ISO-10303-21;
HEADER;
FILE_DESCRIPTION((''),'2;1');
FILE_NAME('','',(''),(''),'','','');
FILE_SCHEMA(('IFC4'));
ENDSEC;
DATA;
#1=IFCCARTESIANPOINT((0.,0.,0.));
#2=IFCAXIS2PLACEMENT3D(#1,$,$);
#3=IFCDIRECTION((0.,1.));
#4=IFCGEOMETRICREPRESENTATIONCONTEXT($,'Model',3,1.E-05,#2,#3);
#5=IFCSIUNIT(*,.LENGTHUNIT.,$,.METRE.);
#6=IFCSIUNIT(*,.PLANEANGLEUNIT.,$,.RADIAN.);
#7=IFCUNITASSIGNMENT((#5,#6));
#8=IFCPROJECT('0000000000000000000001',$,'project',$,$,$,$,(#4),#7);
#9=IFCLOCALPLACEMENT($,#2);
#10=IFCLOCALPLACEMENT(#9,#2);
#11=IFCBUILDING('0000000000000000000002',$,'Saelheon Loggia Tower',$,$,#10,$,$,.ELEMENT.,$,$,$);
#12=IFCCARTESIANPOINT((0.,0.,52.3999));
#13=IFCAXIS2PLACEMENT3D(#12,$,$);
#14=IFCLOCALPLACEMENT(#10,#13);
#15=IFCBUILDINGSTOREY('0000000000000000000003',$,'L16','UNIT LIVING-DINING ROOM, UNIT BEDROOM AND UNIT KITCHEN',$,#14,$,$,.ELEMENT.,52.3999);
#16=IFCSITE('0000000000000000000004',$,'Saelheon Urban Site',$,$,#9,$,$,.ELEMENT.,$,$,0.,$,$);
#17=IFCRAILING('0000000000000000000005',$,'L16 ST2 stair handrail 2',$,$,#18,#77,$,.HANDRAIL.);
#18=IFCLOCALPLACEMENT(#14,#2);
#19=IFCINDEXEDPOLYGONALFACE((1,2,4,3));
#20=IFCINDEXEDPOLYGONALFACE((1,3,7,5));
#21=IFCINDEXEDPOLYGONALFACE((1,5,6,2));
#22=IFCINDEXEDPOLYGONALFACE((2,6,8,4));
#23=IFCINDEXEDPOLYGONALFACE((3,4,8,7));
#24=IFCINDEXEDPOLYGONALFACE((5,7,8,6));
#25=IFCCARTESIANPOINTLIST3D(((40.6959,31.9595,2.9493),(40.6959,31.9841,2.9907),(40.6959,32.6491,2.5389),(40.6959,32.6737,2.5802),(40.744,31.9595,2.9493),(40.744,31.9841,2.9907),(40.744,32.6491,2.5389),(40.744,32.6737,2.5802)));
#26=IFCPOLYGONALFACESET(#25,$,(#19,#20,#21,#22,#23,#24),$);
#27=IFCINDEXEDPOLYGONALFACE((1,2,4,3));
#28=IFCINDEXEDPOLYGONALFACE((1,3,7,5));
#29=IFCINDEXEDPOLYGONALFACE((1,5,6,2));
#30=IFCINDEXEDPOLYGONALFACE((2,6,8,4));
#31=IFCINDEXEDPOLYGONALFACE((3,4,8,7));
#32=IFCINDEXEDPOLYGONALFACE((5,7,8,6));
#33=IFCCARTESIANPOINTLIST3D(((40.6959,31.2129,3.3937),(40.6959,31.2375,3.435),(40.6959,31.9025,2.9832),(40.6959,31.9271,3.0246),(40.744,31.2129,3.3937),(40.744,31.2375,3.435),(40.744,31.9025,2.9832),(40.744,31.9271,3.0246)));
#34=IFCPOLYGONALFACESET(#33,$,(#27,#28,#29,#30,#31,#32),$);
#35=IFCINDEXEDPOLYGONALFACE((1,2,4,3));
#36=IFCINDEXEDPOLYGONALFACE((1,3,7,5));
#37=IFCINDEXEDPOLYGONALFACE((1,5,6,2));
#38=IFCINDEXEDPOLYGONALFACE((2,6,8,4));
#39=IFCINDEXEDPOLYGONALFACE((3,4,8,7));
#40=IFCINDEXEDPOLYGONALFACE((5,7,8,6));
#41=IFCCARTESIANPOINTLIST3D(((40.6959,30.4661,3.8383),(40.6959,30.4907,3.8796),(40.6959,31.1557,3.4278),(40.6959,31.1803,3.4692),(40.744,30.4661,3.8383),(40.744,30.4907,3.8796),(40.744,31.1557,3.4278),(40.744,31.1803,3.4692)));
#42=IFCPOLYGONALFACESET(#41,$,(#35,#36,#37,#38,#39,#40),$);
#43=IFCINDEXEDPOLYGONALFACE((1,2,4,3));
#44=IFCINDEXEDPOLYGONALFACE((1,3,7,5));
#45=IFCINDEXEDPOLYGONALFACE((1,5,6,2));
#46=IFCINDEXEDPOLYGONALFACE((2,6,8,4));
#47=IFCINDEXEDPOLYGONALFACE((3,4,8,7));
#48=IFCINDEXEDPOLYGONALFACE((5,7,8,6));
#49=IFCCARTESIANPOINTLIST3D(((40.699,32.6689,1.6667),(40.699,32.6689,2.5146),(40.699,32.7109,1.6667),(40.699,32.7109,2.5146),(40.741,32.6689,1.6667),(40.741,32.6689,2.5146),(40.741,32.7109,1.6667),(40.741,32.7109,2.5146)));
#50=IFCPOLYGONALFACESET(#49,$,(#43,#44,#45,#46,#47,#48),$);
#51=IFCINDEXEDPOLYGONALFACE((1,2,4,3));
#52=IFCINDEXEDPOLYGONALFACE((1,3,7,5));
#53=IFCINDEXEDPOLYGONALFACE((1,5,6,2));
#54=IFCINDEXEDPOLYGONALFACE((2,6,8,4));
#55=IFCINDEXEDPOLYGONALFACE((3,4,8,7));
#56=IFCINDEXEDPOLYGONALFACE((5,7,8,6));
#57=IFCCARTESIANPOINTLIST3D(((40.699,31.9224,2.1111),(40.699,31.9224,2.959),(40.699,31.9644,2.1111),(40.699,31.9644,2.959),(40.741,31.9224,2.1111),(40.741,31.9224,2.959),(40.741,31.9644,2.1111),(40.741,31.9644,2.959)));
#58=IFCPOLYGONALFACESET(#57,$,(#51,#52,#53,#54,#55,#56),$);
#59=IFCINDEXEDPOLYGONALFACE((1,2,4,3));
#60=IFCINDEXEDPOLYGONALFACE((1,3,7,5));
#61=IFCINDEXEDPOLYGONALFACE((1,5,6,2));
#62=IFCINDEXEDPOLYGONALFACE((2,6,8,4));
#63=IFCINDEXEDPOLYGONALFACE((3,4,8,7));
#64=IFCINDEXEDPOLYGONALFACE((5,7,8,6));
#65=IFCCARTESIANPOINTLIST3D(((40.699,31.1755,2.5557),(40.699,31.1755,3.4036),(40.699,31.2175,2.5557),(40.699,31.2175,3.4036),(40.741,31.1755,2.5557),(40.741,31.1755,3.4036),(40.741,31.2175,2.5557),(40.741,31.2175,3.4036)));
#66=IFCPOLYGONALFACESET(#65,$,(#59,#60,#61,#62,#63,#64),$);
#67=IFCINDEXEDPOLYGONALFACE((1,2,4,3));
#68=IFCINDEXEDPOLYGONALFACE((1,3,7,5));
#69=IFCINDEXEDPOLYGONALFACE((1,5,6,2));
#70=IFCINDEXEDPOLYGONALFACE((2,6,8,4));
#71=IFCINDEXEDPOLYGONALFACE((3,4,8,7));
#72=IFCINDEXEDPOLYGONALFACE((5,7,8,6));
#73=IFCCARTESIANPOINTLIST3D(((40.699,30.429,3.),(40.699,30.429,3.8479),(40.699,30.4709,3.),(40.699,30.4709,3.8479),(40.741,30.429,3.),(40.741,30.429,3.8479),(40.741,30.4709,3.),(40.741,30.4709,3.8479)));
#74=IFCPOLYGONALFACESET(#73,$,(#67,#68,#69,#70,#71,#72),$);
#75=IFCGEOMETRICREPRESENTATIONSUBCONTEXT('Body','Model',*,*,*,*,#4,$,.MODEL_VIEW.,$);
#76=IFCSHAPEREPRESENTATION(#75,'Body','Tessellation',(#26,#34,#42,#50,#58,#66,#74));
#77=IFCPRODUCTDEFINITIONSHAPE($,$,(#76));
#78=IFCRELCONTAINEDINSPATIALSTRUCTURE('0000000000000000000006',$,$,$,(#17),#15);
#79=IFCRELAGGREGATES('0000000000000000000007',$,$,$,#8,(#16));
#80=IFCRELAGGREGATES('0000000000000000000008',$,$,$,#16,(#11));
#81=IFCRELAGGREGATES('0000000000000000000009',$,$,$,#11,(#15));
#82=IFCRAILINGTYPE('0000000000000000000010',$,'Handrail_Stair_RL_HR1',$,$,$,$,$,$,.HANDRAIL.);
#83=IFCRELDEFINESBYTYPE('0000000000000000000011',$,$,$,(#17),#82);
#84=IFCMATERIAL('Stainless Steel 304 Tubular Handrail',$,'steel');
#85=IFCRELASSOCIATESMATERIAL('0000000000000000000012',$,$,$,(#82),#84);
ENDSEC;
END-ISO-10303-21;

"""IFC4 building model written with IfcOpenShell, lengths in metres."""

from ifc_helpers import new_model, si_unit, direction, frame, origin, origin_2d, place, context, subcontext, project, spatial, rectangle, extrude, material, type_object, element, save


model = new_model("IFC4")

# Units and contexts
model_context = context("Model", 3, precision=1e-05, world=origin(), true_north=direction((0.0, 1.0)))
body_context = subcontext(model_context, "Body", "Model", "MODEL_VIEW")
ifc_project = project(units=[si_unit("LENGTHUNIT", "METRE"), si_unit("PLANEANGLEUNIT", "RADIAN")], contexts=[model_context])

# Site, building, storey
site_placement = place(None, origin())
site = spatial("IfcSite", under=ifc_project, at=site_placement, Name="Saelheon Urban Site", CompositionType="ELEMENT", RefElevation=0.0)
building_placement = place(site_placement, origin())
building = spatial("IfcBuilding", under=site, at=building_placement, Name="Saelheon Loggia Tower", CompositionType="ELEMENT")
storey_placement = place(building_placement, frame((0.0, 0.0, 52.3999)))
storey = spatial("IfcBuildingStorey", under=building, at=storey_placement, Name="L16", Description="UNIT LIVING-DINING ROOM, UNIT BEDROOM AND UNIT KITCHEN", CompositionType="ELEMENT", Elevation=52.3999)

# Railing
ifc_material_1 = material(Name="Stainless Steel 304 Tubular Handrail", Category="steel")
railing_type_1 = type_object("IfcRailingType", Name="Handrail_Stair_RL_HR1", PredefinedType="HANDRAIL", material=ifc_material_1)
railing_1_placement = place(storey_placement, frame((40.72, 32.6899, 1.6667)))
element("IfcRailing", 1, at=railing_1_placement, inside=storey, type_object=railing_type_1, Name="L16 ST2 stair handrail 2", PredefinedType="HANDRAIL", context=body_context, shape_type="SweptSolid", body=[
    extrude(rectangle(XDim=0.0481, YDim=0.0481, at=origin_2d()), frame((0.0, -0.0286, 0.8928), z_axis=(0.0, -0.859306, 0.511462), x_axis=(1.0, 0.0, 0.0)), (0.0, 0.0, 1.0), 0.8025),
    extrude(rectangle(XDim=0.0481, YDim=0.0481, at=origin_2d()), frame((0.0, -0.7751, 1.3372), z_axis=(0.0, -0.859306, 0.511462), x_axis=(1.0, 0.0, 0.0)), (0.0, 0.0, 1.0), 0.8025),
    extrude(rectangle(XDim=0.0481, YDim=0.0481, at=origin_2d()), frame((0.0, -1.522, 1.7817), z_axis=(0.0, -0.859306, 0.511462), x_axis=(1.0, 0.0, 0.0)), (0.0, 0.0, 1.0), 0.8025),
    extrude(rectangle(XDim=0.042, YDim=0.042, at=origin_2d()), origin(), (0.0, 0.0, 1.0), 0.8479),
    extrude(rectangle(XDim=0.042, YDim=0.042, at=origin_2d()), frame((0.0, -0.7466, 0.4443)), (0.0, 0.0, 1.0), 0.8479),
    extrude(rectangle(XDim=0.042, YDim=0.042, at=origin_2d()), frame((0.0, -1.4934, 0.8889)), (0.0, 0.0, 1.0), 0.8479),
    extrude(rectangle(XDim=0.042, YDim=0.042, at=origin_2d()), frame((0.0, -2.24, 1.3333)), (0.0, 0.0, 1.0), 0.8479),
])

save(model, "model.ifc")
